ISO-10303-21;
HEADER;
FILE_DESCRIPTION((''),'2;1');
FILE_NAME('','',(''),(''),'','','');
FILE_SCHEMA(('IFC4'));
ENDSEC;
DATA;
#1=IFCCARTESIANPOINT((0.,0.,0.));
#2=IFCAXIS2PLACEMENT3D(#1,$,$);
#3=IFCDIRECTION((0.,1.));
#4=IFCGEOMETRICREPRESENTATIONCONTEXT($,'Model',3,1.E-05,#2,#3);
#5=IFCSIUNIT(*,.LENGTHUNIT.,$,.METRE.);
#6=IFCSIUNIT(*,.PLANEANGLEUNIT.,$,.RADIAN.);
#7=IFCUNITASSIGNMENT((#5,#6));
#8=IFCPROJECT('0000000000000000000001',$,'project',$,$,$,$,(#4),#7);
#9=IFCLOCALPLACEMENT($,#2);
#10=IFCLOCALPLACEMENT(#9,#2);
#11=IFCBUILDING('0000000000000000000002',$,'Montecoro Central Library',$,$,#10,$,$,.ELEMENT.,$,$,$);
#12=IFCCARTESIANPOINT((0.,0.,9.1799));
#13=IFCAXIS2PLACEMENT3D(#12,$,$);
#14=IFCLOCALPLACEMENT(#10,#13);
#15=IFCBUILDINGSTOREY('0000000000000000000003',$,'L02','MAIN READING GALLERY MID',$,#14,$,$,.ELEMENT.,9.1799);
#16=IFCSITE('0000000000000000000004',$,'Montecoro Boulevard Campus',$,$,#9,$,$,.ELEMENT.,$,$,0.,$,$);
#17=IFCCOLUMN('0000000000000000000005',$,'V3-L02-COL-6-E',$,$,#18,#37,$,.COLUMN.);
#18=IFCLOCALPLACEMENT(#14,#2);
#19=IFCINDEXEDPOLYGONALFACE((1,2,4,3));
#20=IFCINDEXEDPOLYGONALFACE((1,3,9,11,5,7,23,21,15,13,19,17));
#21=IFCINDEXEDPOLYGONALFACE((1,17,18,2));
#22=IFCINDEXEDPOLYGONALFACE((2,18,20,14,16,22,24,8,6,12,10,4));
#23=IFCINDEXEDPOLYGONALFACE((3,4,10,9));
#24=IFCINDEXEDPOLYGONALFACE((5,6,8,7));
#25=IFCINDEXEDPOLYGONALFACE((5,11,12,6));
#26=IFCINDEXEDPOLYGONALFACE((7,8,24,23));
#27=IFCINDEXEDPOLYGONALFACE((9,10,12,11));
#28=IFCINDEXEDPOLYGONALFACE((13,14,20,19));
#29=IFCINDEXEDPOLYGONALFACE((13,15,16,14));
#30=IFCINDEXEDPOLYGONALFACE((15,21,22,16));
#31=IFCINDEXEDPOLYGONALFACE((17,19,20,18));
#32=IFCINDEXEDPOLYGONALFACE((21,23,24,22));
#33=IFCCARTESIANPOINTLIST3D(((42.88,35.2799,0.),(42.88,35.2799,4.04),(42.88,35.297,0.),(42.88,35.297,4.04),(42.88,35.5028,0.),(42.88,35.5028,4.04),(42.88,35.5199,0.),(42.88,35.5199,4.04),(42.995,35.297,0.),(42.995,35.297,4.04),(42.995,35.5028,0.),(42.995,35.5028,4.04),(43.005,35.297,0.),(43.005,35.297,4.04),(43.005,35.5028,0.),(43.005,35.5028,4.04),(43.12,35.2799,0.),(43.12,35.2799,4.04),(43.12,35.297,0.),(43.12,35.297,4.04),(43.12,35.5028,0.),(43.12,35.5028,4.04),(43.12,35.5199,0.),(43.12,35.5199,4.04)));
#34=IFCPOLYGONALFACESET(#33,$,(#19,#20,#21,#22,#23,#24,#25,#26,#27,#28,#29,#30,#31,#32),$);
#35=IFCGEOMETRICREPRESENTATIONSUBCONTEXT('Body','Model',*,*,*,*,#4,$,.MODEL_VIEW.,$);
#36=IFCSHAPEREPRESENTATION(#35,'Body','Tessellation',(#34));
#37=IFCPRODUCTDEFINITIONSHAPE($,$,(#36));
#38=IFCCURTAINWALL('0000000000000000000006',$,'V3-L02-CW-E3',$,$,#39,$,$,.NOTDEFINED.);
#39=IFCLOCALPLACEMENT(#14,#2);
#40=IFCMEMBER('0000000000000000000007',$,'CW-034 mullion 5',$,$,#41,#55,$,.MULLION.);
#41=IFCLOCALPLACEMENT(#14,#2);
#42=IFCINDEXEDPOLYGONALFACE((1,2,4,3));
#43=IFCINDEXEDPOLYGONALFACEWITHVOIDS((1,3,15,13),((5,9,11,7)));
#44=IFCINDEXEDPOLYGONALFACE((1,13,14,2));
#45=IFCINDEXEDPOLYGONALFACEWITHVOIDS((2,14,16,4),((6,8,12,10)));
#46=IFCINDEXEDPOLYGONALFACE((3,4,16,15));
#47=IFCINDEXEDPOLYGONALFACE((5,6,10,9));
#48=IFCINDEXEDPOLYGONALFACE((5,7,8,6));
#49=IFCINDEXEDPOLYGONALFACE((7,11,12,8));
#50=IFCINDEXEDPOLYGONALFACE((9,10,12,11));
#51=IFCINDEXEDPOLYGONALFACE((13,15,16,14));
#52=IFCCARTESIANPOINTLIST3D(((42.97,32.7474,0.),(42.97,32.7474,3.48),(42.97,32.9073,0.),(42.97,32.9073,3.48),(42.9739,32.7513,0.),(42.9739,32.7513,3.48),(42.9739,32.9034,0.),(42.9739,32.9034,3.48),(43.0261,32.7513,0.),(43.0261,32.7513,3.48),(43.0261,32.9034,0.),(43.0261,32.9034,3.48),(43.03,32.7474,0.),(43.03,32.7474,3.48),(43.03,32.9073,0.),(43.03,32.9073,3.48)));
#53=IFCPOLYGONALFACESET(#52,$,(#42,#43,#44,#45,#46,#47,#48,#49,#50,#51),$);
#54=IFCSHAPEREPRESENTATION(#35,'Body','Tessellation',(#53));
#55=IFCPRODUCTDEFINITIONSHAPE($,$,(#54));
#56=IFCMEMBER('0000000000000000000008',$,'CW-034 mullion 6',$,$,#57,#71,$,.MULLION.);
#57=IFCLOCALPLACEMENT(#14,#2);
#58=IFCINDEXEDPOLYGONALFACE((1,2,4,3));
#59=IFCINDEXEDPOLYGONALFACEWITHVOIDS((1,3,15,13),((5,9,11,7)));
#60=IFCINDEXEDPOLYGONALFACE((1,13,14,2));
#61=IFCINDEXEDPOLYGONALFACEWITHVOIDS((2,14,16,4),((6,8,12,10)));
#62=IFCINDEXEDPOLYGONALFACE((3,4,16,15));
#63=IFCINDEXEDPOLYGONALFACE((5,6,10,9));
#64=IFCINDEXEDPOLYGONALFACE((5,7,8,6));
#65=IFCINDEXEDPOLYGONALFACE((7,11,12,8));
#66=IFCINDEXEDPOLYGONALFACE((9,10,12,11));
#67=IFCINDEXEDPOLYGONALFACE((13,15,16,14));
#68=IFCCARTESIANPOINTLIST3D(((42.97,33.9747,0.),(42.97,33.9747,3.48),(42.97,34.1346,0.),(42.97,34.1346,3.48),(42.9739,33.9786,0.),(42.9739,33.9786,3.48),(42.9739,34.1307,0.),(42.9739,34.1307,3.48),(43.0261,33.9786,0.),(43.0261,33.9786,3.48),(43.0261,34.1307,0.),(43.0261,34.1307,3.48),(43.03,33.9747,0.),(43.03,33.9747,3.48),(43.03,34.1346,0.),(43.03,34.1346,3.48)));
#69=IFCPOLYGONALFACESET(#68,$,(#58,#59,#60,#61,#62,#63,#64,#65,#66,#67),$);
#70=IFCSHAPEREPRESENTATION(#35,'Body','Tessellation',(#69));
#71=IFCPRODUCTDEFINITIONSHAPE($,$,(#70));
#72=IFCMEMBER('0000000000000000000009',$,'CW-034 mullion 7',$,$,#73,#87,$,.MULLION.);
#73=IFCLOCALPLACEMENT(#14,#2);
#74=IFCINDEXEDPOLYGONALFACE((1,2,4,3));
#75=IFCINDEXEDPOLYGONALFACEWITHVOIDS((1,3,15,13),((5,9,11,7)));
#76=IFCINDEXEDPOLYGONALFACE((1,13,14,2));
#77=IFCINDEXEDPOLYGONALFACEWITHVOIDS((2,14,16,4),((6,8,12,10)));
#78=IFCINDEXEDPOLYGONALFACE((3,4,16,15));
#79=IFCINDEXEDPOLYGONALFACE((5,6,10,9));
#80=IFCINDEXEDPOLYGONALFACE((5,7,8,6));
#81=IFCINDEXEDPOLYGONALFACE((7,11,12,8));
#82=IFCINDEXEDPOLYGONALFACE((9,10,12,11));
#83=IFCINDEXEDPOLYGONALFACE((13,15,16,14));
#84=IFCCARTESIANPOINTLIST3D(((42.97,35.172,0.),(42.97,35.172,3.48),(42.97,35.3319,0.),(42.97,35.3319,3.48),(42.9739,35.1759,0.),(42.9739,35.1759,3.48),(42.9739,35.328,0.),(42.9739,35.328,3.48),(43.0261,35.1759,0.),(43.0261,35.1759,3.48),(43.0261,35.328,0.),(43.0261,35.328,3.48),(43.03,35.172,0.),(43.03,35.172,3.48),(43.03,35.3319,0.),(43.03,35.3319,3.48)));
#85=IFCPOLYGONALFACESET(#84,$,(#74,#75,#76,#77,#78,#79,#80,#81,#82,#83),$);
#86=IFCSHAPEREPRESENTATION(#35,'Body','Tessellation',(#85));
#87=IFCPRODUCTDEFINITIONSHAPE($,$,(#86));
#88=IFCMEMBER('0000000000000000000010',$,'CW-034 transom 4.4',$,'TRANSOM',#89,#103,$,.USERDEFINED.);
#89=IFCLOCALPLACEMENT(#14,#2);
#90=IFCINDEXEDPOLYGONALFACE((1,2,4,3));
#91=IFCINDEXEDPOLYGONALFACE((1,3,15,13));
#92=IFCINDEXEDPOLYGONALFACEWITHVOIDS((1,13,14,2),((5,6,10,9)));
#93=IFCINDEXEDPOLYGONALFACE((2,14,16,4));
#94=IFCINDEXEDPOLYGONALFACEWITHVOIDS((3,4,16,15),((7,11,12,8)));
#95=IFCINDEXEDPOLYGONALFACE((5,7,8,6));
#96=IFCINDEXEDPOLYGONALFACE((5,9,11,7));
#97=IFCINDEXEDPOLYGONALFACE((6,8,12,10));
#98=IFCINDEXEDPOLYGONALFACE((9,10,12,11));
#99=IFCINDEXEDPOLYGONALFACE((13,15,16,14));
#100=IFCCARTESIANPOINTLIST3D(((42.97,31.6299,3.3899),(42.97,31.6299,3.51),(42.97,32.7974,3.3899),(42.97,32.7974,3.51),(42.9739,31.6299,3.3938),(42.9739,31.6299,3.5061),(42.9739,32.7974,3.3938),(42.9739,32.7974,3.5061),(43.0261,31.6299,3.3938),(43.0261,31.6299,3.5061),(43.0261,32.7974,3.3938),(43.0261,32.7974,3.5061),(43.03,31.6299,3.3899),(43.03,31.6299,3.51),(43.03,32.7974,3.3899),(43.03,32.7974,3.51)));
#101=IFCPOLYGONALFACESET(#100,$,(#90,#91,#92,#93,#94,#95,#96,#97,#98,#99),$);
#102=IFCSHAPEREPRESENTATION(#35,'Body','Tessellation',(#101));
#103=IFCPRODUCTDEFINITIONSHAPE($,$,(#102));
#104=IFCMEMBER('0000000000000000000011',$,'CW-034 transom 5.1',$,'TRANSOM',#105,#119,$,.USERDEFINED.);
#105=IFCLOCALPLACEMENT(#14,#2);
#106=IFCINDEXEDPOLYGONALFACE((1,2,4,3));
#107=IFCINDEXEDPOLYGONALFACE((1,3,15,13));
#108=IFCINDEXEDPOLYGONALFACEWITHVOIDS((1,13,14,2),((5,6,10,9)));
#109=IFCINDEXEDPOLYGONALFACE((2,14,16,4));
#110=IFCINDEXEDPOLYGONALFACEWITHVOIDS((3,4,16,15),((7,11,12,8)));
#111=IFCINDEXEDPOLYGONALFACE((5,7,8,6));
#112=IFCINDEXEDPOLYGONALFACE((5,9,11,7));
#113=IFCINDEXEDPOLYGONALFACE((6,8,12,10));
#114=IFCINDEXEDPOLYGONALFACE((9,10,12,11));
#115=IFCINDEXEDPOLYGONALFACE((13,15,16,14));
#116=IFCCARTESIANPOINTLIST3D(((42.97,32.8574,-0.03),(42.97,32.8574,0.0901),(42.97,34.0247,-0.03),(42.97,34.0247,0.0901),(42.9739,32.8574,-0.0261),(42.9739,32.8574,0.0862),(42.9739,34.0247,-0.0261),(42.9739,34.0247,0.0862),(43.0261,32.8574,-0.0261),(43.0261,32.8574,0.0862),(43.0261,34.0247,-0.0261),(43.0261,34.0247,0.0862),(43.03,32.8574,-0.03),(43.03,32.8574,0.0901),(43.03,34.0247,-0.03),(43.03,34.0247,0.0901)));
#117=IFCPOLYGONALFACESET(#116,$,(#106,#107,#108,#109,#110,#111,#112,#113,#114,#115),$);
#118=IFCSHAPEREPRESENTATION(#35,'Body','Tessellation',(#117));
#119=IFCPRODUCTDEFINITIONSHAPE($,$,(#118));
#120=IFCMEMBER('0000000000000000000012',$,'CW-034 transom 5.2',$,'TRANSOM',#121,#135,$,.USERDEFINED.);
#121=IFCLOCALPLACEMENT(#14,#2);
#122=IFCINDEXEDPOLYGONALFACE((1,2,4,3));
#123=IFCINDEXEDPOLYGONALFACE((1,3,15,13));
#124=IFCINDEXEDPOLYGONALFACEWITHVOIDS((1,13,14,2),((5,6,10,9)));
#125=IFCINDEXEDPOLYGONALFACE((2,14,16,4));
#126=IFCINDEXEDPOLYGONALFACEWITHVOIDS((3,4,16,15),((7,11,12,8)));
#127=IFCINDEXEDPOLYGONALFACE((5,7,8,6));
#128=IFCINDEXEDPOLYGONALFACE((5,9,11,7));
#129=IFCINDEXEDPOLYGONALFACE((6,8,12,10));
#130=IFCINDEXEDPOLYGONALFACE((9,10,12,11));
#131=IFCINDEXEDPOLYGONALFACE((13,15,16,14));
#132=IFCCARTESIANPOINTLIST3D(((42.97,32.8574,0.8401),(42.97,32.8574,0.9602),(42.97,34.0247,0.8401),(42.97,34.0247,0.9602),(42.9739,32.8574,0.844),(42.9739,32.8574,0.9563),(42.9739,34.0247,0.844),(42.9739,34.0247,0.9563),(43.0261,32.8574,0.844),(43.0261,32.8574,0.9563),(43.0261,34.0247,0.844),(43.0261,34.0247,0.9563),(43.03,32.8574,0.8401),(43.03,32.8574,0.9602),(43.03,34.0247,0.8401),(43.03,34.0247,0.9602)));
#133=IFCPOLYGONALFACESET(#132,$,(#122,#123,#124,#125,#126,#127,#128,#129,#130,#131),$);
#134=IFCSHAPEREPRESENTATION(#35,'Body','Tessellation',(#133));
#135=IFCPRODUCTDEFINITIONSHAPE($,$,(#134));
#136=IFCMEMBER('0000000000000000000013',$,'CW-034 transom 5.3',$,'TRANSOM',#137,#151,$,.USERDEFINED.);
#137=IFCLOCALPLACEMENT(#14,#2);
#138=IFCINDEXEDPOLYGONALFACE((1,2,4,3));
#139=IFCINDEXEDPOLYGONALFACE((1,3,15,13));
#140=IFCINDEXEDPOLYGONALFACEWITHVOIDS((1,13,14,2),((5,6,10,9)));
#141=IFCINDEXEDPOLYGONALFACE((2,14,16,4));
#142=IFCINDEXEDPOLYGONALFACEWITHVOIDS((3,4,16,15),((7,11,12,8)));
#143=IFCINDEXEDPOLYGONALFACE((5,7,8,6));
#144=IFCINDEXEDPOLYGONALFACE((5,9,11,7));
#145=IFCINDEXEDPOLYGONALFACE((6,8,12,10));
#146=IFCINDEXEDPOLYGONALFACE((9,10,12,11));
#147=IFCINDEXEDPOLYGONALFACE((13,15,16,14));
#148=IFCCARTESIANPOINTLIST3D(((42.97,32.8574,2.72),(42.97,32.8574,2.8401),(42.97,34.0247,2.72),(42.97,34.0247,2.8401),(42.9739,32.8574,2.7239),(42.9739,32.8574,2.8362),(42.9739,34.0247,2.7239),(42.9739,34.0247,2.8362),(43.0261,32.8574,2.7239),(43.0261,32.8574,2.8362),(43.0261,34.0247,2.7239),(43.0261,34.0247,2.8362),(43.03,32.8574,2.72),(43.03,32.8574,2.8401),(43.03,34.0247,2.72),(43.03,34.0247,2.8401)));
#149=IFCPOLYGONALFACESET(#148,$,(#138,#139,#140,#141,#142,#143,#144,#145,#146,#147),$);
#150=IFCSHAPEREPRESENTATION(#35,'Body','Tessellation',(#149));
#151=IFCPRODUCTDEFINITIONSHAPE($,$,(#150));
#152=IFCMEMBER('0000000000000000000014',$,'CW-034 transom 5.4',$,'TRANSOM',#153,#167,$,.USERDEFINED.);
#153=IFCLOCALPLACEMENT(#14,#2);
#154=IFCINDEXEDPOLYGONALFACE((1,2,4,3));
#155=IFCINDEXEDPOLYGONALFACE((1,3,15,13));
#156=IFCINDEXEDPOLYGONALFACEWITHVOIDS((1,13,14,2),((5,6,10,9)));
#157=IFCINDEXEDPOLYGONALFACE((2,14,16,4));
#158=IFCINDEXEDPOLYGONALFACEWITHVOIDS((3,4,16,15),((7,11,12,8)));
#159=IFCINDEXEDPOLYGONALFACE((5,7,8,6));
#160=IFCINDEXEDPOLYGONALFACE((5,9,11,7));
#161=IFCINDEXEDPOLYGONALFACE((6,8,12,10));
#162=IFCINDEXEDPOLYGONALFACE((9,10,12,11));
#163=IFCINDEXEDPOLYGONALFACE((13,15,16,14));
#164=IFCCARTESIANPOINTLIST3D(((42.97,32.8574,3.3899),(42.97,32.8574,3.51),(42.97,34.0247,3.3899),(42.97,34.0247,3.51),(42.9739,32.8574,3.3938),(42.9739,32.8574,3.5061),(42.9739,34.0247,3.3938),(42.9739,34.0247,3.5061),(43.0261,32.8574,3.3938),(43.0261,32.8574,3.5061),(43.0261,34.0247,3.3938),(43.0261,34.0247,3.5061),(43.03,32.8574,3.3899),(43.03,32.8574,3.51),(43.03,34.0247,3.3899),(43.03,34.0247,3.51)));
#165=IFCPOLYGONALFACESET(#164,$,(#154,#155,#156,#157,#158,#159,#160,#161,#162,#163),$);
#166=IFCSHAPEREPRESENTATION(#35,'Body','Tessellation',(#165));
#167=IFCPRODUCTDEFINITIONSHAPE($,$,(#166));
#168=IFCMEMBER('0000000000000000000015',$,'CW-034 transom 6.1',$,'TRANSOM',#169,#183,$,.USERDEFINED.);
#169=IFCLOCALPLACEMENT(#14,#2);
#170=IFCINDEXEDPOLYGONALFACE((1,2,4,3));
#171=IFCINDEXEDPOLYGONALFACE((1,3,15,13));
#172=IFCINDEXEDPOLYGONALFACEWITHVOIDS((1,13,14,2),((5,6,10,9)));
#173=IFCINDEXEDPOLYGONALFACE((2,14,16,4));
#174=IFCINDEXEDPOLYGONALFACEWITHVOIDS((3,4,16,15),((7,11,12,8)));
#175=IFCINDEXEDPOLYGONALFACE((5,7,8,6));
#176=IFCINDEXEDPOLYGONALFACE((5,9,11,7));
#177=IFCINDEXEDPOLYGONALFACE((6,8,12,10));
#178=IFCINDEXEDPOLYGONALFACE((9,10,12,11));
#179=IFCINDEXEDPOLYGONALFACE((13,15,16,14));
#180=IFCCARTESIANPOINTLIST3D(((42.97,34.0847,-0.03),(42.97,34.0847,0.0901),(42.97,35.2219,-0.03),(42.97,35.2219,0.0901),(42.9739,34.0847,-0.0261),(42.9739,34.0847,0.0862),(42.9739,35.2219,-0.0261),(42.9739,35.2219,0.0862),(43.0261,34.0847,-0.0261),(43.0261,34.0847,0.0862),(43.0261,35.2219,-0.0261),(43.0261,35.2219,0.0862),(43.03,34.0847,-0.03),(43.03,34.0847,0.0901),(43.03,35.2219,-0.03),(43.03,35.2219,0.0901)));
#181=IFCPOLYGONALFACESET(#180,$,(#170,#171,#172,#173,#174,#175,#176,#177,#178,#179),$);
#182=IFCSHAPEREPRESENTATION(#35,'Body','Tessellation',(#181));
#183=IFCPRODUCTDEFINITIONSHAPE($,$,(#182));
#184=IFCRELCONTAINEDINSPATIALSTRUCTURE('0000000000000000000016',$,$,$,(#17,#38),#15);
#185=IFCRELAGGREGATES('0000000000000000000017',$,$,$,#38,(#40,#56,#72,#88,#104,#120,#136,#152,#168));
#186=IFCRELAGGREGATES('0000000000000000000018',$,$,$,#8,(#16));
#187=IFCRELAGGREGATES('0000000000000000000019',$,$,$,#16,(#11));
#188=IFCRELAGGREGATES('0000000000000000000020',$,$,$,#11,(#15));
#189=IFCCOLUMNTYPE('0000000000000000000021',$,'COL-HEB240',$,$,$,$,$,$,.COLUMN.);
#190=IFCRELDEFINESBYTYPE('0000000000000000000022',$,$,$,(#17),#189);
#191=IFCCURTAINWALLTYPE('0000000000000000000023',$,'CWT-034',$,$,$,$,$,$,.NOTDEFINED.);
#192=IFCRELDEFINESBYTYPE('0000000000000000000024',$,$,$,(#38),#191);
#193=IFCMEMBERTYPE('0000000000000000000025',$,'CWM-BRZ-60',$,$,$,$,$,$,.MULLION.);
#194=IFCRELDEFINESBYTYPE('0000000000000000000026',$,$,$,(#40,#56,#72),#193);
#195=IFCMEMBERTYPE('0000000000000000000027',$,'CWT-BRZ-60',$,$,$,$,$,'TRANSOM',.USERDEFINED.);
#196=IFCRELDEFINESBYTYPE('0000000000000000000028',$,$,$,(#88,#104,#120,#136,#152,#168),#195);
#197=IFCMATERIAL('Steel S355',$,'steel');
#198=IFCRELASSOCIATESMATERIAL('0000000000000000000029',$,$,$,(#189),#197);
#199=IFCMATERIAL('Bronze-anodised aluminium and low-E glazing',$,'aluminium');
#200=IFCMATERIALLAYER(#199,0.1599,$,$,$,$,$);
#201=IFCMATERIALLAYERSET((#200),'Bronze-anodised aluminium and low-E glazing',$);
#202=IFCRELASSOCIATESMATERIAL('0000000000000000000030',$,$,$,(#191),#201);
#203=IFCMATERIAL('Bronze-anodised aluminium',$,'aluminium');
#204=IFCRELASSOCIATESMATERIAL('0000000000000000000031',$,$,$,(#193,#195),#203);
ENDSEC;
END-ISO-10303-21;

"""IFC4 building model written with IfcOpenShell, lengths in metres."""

from ifc_helpers import new_model, si_unit, direction, frame, origin, origin_2d, place, context, subcontext, project, spatial, hollow_rectangle, i_section, extrude, material, layer, layer_set, material_profile, profile_set, type_object, element, aggregate, save


model = new_model("IFC4")

# Units and contexts
model_context = context("Model", 3, precision=1e-05, world=origin(), true_north=direction((0.0, 1.0)))
body_context = subcontext(model_context, "Body", "Model", "MODEL_VIEW")
ifc_project = project(units=[si_unit("LENGTHUNIT", "METRE"), si_unit("PLANEANGLEUNIT", "RADIAN")], contexts=[model_context])

# Site, building, storey
site_placement = place(None, origin())
site = spatial("IfcSite", under=ifc_project, at=site_placement, Name="Montecoro Boulevard Campus", CompositionType="ELEMENT", RefElevation=0.0)
building_placement = place(site_placement, origin())
building = spatial("IfcBuilding", under=site, at=building_placement, Name="Montecoro Central Library", CompositionType="ELEMENT")
storey_placement = place(building_placement, frame((0.0, 0.0, 9.1799)))
storey = spatial("IfcBuildingStorey", under=building, at=storey_placement, Name="L02", Description="MAIN READING GALLERY MID", CompositionType="ELEMENT", Elevation=9.1799)

# Column
ifc_material_1 = material(Name="Steel S355", Category="steel")
ifc_material_profile_1 = material_profile(ifc_material_1, i_section(OverallWidth=0.24, OverallDepth=0.24, WebThickness=0.01, FlangeThickness=0.0171, at=origin_2d()), Name="HEB 240")
ifc_profile_set_1 = profile_set([ifc_material_profile_1], Name="Steel S355")
column_type = type_object("IfcColumnType", Name="COL-HEB240", PredefinedType="COLUMN", material=ifc_profile_set_1)
column_placement = place(storey_placement, frame((43.0, 35.3999, 0.0), z_axis=(0.0, 0.0, 1.0), x_axis=(1.0, 0.0, 0.0)))
element("IfcColumn", 1, at=column_placement, inside=storey, type_object=column_type, Name="V3-L02-COL-6-E", PredefinedType="COLUMN", context=body_context, shape_type="SweptSolid", body=[
    extrude(i_section(OverallWidth=0.24, OverallDepth=0.24, WebThickness=0.01, FlangeThickness=0.0171, at=origin_2d()), origin(), (0.0, 0.0, 1.0), 4.04),
])

# Curtain wall, members
ifc_material_2 = material(Name="Bronze-anodised aluminium and low-E glazing", Category="aluminium")
ifc_layer_1 = layer(ifc_material_2, 0.1599)
ifc_layer_set_1 = layer_set([ifc_layer_1], Name="Bronze-anodised aluminium and low-E glazing")
curtain_wall_type_1 = type_object("IfcCurtainWallType", Name="CWT-034", PredefinedType="NOTDEFINED", material=ifc_layer_set_1)
curtain_wall_1_placement = place(storey_placement, origin())
curtain_wall_1 = element("IfcCurtainWall", 2, at=curtain_wall_1_placement, inside=storey, type_object=curtain_wall_type_1, Name="V3-L02-CW-E3", PredefinedType="NOTDEFINED")
ifc_material_3 = material(Name="Bronze-anodised aluminium", Category="aluminium")
ifc_material_profile_2 = material_profile(ifc_material_3, hollow_rectangle(XDim=0.0601, YDim=0.1599, WallThickness=0.0039, at=origin_2d()), Name="CWM 160x60x4.0")
ifc_profile_set_2 = profile_set([ifc_material_profile_2], Name="Bronze-anodised aluminium")
member_type_1 = type_object("IfcMemberType", Name="CWM-BRZ-60", PredefinedType="MULLION", material=ifc_profile_set_2)
member_1_placement = place(storey_placement, frame((43.0, 32.8274, 0.0), z_axis=(0.0, 0.0, 1.0), x_axis=(-1.0, 0.0, 0.0)))
member_1 = element("IfcMember", 3, at=member_1_placement, type_object=member_type_1, Name="CW-034 mullion 5", PredefinedType="MULLION", context=body_context, shape_type="SweptSolid", body=[
    extrude(hollow_rectangle(XDim=0.0601, YDim=0.1599, WallThickness=0.0039, at=origin_2d()), origin(), (0.0, 0.0, 1.0), 3.48),
])
member_2_placement = place(storey_placement, frame((43.0, 34.0547, 0.0), z_axis=(0.0, 0.0, 1.0), x_axis=(-1.0, 0.0, 0.0)))
member_2 = element("IfcMember", 4, at=member_2_placement, type_object=member_type_1, Name="CW-034 mullion 6", PredefinedType="MULLION", context=body_context, shape_type="SweptSolid", body=[
    extrude(hollow_rectangle(XDim=0.0601, YDim=0.1599, WallThickness=0.0039, at=origin_2d()), origin(), (0.0, 0.0, 1.0), 3.48),
])
member_3_placement = place(storey_placement, frame((43.0, 35.252, 0.0), z_axis=(0.0, 0.0, 1.0), x_axis=(-1.0, 0.0, 0.0)))
member_3 = element("IfcMember", 5, at=member_3_placement, type_object=member_type_1, Name="CW-034 mullion 7", PredefinedType="MULLION", context=body_context, shape_type="SweptSolid", body=[
    extrude(hollow_rectangle(XDim=0.0601, YDim=0.1599, WallThickness=0.0039, at=origin_2d()), origin(), (0.0, 0.0, 1.0), 3.48),
])
ifc_material_profile_3 = material_profile(ifc_material_3, hollow_rectangle(XDim=0.0601, YDim=0.1201, WallThickness=0.0039, at=origin_2d()), Name="CWT 120x60x4.0")
ifc_profile_set_3 = profile_set([ifc_material_profile_3], Name="Bronze-anodised aluminium")
member_type_2 = type_object("IfcMemberType", Name="CWT-BRZ-60", ElementType="TRANSOM", PredefinedType="USERDEFINED", material=ifc_profile_set_3)
member_4_placement = place(storey_placement, frame((43.0, 31.6299, 3.45), z_axis=(0.0, 1.0, 0.0), x_axis=(-1.0, 0.0, 0.0)))
member_4 = element("IfcMember", 6, at=member_4_placement, type_object=member_type_2, Name="CW-034 transom 4.4", ObjectType="TRANSOM", PredefinedType="USERDEFINED", context=body_context, shape_type="SweptSolid", body=[
    extrude(hollow_rectangle(XDim=0.0601, YDim=0.1201, WallThickness=0.0039, at=origin_2d()), origin(), (0.0, 0.0, 1.0), 1.1675),
])
member_5_placement = place(storey_placement, frame((43.0, 32.8574, 0.03), z_axis=(0.0, 1.0, 0.0), x_axis=(-1.0, 0.0, 0.0)))
member_5 = element("IfcMember", 7, at=member_5_placement, type_object=member_type_2, Name="CW-034 transom 5.1", ObjectType="TRANSOM", PredefinedType="USERDEFINED", context=body_context, shape_type="SweptSolid", body=[
    extrude(hollow_rectangle(XDim=0.0601, YDim=0.1201, WallThickness=0.0039, at=origin_2d()), origin(), (0.0, 0.0, 1.0), 1.1672),
])
member_6_placement = place(storey_placement, frame((43.0, 32.8574, 0.9001), z_axis=(0.0, 1.0, 0.0), x_axis=(-1.0, 0.0, 0.0)))
member_6 = element("IfcMember", 8, at=member_6_placement, type_object=member_type_2, Name="CW-034 transom 5.2", ObjectType="TRANSOM", PredefinedType="USERDEFINED", context=body_context, shape_type="SweptSolid", body=[
    extrude(hollow_rectangle(XDim=0.0601, YDim=0.1201, WallThickness=0.0039, at=origin_2d()), origin(), (0.0, 0.0, 1.0), 1.1672),
])
member_7_placement = place(storey_placement, frame((43.0, 32.8574, 2.78), z_axis=(0.0, 1.0, 0.0), x_axis=(-1.0, 0.0, 0.0)))
member_7 = element("IfcMember", 9, at=member_7_placement, type_object=member_type_2, Name="CW-034 transom 5.3", ObjectType="TRANSOM", PredefinedType="USERDEFINED", context=body_context, shape_type="SweptSolid", body=[
    extrude(hollow_rectangle(XDim=0.0601, YDim=0.1201, WallThickness=0.0039, at=origin_2d()), origin(), (0.0, 0.0, 1.0), 1.1672),
])
member_8_placement = place(storey_placement, frame((43.0, 32.8574, 3.45), z_axis=(0.0, 1.0, 0.0), x_axis=(-1.0, 0.0, 0.0)))
member_8 = element("IfcMember", 10, at=member_8_placement, type_object=member_type_2, Name="CW-034 transom 5.4", ObjectType="TRANSOM", PredefinedType="USERDEFINED", context=body_context, shape_type="SweptSolid", body=[
    extrude(hollow_rectangle(XDim=0.0601, YDim=0.1201, WallThickness=0.0039, at=origin_2d()), origin(), (0.0, 0.0, 1.0), 1.1672),
])
member_9_placement = place(storey_placement, frame((43.0, 34.0847, 0.03), z_axis=(0.0, 1.0, 0.0), x_axis=(-1.0, 0.0, 0.0)))
member_9 = element("IfcMember", 11, at=member_9_placement, type_object=member_type_2, Name="CW-034 transom 6.1", ObjectType="TRANSOM", PredefinedType="USERDEFINED", context=body_context, shape_type="SweptSolid", body=[
    extrude(hollow_rectangle(XDim=0.0601, YDim=0.1201, WallThickness=0.0039, at=origin_2d()), origin(), (0.0, 0.0, 1.0), 1.1372),
])
aggregate(curtain_wall_1, [member_1, member_2, member_3, member_4, member_5, member_6, member_7, member_8, member_9])

save(model, "model.ifc")
